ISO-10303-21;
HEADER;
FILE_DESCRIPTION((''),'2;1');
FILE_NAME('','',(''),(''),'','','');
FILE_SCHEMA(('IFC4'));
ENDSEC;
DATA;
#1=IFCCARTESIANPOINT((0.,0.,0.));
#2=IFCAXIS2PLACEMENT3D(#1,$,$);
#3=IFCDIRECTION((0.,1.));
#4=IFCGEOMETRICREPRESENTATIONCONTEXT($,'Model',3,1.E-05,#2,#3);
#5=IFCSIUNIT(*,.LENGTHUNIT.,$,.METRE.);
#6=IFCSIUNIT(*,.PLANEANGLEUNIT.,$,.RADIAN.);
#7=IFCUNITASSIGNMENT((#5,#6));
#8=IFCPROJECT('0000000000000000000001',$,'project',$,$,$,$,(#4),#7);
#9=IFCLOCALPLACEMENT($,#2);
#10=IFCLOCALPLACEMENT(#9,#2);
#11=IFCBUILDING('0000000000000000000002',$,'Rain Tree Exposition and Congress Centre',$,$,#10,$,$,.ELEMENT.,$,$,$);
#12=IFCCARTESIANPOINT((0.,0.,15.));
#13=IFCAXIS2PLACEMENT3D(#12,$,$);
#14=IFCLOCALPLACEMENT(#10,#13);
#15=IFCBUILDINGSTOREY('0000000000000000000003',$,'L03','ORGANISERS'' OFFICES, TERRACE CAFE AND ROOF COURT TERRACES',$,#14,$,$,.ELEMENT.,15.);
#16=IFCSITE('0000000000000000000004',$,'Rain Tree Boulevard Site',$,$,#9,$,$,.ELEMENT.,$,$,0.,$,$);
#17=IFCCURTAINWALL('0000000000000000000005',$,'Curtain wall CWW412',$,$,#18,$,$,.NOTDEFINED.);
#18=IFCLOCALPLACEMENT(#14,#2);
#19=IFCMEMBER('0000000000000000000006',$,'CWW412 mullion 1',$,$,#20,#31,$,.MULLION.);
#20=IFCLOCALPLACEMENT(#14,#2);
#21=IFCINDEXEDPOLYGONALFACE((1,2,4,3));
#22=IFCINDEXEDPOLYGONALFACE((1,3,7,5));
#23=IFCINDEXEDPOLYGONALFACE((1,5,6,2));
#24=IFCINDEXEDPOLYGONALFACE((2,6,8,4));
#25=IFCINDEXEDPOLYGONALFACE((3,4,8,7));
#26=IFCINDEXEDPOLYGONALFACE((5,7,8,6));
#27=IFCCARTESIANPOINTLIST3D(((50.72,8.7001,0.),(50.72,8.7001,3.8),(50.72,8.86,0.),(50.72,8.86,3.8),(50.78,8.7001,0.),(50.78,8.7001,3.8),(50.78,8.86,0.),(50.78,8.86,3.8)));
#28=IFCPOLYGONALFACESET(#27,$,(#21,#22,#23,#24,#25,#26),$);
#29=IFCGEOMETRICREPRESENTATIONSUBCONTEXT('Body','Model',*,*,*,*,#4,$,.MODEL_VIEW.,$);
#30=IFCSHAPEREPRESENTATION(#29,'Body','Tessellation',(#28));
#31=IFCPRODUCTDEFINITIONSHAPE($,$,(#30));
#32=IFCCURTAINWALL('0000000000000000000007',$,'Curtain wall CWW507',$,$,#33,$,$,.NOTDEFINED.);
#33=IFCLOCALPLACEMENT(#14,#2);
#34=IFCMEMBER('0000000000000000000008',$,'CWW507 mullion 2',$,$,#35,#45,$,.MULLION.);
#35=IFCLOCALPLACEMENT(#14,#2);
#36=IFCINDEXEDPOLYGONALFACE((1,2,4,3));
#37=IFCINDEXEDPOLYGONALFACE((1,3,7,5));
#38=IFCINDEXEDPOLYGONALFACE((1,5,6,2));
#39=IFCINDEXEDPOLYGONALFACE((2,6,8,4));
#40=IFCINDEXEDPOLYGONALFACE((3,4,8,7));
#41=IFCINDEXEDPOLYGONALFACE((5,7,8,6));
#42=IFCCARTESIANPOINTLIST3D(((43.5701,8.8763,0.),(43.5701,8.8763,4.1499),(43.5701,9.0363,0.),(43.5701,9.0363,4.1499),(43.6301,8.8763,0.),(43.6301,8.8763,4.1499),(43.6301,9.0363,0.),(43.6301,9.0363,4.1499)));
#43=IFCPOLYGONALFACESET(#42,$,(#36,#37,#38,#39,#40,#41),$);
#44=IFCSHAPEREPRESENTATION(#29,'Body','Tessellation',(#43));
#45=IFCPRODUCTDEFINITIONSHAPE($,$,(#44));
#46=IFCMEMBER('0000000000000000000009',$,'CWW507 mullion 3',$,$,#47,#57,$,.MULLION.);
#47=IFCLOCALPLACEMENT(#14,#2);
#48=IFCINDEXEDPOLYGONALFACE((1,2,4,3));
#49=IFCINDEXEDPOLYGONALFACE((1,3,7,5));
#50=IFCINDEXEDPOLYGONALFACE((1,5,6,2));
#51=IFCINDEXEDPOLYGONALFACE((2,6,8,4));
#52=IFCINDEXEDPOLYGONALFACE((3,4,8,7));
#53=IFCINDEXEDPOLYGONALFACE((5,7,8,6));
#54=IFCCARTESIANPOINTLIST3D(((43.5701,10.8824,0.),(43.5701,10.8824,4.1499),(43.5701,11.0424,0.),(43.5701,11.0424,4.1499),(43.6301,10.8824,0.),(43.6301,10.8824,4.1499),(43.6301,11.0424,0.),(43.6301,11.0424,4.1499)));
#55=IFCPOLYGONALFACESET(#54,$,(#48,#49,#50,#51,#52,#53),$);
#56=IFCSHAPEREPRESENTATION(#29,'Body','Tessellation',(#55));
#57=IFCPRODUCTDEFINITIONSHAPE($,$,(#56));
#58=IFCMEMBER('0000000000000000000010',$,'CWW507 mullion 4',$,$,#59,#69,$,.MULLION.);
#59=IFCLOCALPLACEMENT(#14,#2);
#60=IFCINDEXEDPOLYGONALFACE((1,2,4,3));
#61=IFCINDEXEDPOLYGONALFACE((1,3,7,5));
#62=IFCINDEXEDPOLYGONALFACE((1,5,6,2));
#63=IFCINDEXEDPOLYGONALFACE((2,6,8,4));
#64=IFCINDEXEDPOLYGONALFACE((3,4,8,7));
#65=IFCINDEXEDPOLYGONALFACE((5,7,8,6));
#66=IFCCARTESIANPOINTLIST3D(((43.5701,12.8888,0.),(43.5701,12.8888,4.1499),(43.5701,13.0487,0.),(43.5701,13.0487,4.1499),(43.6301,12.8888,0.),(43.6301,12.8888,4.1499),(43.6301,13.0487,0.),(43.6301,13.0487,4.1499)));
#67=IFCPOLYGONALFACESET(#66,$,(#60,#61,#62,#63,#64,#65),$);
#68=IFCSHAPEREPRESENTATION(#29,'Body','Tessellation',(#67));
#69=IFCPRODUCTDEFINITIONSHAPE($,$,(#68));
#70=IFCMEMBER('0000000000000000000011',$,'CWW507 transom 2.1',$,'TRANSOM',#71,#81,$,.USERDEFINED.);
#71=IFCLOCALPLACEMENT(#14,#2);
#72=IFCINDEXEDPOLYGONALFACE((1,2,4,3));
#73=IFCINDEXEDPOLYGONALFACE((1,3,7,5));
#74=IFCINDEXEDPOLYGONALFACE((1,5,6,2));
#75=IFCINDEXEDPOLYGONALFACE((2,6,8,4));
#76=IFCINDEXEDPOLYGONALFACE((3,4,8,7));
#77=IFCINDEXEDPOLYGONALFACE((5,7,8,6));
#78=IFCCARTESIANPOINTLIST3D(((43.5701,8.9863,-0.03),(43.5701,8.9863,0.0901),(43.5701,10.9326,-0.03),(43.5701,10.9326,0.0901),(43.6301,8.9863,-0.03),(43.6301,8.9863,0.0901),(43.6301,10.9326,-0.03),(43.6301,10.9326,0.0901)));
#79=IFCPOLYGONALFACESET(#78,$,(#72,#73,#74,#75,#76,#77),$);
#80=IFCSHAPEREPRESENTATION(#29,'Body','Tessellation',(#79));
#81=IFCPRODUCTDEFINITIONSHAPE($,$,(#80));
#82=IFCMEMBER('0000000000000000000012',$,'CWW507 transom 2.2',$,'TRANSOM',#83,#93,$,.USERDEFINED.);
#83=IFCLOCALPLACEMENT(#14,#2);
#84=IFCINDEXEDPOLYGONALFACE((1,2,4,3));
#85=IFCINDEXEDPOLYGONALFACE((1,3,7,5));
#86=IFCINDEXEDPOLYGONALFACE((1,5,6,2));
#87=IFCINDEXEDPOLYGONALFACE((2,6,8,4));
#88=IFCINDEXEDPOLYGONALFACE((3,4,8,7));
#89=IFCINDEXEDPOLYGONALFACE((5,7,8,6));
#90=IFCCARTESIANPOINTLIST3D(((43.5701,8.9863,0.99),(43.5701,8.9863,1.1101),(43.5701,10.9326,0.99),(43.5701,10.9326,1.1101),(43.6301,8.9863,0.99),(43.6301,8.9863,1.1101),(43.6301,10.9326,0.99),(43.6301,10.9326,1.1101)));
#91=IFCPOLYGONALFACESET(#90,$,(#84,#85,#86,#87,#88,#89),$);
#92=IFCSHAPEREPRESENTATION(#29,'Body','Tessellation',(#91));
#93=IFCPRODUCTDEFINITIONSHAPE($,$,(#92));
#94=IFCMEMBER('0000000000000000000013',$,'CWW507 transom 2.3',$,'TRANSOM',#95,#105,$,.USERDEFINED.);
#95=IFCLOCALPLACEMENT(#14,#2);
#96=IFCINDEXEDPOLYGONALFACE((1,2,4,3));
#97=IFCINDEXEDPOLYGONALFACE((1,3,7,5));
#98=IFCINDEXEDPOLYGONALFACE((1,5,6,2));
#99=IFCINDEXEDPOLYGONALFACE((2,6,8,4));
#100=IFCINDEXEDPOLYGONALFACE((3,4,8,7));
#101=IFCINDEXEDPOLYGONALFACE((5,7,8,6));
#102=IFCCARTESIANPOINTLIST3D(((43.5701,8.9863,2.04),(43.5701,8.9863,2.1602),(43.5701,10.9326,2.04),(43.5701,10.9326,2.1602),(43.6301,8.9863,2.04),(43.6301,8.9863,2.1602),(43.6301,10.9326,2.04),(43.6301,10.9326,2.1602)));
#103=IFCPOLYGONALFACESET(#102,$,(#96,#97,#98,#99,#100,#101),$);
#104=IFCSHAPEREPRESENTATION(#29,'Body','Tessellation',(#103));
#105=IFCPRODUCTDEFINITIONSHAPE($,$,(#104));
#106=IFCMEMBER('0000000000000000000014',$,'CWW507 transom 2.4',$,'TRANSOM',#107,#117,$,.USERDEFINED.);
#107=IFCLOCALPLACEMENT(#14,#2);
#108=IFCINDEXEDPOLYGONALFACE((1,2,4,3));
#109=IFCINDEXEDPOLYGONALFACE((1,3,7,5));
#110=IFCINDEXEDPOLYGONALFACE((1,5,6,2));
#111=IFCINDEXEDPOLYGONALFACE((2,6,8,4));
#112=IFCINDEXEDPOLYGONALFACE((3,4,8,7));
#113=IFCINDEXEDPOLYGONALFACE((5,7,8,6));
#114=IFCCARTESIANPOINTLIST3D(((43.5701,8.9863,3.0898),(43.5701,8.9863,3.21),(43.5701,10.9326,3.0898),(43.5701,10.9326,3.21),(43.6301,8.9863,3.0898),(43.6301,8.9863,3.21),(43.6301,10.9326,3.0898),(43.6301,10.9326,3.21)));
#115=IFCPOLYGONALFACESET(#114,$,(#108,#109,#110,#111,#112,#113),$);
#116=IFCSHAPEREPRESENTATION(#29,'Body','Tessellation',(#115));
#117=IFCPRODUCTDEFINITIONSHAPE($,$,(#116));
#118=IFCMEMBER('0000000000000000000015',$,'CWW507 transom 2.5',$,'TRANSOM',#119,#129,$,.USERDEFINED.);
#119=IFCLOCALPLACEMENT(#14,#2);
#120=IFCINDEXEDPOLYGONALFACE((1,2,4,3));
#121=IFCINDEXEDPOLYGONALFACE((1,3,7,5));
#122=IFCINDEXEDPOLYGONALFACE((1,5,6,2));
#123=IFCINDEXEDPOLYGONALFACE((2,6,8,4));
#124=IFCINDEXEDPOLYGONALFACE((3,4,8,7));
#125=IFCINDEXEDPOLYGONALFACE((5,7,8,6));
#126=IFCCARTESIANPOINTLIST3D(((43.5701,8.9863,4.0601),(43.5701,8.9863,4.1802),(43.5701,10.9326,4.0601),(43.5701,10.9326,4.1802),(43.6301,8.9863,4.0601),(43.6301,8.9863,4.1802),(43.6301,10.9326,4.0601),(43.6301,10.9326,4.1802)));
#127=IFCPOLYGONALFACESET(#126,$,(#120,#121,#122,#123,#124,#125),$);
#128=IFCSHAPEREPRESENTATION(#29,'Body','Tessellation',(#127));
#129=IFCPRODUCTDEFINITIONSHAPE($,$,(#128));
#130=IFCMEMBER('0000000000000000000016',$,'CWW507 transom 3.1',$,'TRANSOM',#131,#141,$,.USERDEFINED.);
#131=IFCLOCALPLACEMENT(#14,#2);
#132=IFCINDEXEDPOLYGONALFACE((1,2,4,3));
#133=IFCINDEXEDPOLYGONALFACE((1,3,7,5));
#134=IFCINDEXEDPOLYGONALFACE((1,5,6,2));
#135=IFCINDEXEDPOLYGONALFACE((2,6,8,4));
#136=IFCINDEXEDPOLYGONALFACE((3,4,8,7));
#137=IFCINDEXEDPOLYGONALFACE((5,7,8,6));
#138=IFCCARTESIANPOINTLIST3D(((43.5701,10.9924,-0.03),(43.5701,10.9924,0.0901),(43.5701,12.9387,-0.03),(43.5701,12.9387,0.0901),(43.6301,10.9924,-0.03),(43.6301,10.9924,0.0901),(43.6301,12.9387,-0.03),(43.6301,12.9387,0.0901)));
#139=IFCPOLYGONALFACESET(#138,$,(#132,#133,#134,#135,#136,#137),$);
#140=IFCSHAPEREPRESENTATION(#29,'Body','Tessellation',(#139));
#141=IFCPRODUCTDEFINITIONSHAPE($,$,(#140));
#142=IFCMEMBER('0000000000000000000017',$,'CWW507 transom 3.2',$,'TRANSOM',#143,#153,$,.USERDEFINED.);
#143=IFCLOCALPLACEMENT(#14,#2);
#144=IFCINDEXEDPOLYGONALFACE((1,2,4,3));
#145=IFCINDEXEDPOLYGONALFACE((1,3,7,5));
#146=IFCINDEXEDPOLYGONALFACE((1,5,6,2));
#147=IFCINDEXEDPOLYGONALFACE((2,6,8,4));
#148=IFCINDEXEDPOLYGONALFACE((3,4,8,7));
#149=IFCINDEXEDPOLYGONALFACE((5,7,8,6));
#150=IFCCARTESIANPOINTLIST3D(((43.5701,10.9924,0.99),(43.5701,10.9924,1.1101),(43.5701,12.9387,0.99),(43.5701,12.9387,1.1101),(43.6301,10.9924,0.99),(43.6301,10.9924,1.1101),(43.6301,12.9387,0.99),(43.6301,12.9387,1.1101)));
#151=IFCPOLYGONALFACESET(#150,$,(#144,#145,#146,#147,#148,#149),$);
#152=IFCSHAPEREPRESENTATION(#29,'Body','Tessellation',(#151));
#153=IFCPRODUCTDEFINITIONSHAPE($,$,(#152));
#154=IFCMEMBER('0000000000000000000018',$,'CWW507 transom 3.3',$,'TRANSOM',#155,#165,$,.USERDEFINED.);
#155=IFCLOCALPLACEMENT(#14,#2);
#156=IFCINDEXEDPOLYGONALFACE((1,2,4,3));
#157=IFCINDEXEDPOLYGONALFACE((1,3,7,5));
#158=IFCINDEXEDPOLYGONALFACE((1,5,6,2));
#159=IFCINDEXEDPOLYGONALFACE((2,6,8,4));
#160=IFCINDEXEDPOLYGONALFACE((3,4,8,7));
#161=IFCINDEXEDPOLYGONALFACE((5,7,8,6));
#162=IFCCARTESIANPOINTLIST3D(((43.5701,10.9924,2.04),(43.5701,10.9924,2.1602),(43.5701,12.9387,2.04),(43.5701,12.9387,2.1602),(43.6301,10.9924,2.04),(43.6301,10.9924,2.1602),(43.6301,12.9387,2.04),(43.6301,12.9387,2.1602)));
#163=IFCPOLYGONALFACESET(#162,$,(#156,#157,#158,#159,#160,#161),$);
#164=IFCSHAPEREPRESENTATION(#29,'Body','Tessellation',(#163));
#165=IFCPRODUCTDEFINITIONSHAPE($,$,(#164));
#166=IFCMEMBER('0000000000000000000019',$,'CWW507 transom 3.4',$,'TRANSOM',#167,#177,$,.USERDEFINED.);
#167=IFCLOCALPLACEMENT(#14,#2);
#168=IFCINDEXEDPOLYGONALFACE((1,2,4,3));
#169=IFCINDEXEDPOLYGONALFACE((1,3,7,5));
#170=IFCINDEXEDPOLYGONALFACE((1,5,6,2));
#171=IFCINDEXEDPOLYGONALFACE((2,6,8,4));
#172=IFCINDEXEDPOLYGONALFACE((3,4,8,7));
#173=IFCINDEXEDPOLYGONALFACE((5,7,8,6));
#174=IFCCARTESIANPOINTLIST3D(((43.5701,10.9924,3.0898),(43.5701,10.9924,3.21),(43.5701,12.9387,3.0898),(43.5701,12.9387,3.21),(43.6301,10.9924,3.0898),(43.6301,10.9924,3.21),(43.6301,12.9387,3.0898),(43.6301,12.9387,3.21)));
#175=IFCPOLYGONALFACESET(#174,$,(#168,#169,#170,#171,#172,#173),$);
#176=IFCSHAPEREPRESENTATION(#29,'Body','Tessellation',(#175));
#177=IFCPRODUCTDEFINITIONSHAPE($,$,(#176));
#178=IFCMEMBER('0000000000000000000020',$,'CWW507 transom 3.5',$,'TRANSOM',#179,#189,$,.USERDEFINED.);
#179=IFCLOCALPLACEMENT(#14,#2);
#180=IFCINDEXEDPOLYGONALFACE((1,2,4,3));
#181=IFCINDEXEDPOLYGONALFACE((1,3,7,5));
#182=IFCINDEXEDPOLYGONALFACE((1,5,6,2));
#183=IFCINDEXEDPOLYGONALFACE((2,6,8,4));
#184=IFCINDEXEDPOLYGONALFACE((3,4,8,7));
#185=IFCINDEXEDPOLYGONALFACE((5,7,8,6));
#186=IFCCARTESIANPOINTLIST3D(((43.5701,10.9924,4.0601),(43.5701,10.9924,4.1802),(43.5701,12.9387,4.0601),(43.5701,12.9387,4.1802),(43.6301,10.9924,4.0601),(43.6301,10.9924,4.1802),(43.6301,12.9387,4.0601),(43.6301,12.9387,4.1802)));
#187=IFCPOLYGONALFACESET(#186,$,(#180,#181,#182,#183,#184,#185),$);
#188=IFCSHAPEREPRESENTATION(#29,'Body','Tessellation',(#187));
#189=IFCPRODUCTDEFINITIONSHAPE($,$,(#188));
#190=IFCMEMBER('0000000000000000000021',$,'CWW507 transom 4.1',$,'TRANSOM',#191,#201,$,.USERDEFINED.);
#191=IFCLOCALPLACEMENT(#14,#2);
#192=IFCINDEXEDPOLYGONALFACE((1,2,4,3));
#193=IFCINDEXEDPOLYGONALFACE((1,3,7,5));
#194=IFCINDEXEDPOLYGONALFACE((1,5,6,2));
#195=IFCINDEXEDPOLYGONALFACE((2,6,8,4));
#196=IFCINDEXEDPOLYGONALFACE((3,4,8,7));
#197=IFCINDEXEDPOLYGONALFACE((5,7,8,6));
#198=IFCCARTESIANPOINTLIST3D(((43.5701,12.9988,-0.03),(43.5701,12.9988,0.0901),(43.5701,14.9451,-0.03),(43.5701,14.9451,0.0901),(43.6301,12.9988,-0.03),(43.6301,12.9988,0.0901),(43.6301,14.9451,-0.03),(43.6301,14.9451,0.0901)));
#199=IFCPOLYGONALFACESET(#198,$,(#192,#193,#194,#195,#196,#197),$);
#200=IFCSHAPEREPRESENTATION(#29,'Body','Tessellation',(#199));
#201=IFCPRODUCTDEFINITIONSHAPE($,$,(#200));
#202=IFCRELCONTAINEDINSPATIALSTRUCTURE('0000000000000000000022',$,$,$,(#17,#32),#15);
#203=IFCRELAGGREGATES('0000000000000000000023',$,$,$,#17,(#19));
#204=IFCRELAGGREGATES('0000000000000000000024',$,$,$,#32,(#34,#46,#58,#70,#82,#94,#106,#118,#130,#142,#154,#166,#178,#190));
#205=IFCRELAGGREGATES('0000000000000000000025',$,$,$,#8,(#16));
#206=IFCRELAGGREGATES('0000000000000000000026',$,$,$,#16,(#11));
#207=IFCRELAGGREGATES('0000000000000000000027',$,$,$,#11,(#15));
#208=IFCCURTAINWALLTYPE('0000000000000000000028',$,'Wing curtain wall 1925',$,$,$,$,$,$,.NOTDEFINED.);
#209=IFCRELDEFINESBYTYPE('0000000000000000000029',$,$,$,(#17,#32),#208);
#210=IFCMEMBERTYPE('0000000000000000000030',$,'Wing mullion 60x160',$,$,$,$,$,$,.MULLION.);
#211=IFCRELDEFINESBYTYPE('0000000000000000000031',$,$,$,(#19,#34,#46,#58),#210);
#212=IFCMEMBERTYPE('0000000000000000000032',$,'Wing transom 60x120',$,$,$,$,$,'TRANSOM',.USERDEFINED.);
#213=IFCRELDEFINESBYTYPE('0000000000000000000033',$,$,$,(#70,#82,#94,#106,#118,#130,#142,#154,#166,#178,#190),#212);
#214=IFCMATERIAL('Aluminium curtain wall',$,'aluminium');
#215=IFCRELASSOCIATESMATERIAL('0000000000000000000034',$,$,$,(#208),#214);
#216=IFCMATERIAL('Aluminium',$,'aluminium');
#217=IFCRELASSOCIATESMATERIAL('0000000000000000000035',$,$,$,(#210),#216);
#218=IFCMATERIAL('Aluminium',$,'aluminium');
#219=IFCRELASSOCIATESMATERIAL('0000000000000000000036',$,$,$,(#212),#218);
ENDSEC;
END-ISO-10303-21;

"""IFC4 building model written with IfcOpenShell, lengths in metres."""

from ifc_helpers import new_model, si_unit, direction, frame, origin, origin_2d, place, context, subcontext, project, spatial, rectangle, extrude, material, material_profile, profile_set, type_object, element, aggregate, save


model = new_model("IFC4")

# Units and contexts
model_context = context("Model", 3, precision=1e-05, world=origin(), true_north=direction((0.0, 1.0)))
body_context = subcontext(model_context, "Body", "Model", "MODEL_VIEW")
ifc_project = project(units=[si_unit("LENGTHUNIT", "METRE"), si_unit("PLANEANGLEUNIT", "RADIAN")], contexts=[model_context])

# Site, building, storey
site_placement = place(None, origin())
site = spatial("IfcSite", under=ifc_project, at=site_placement, Name="Rain Tree Boulevard Site", CompositionType="ELEMENT", RefElevation=0.0)
building_placement = place(site_placement, origin())
building = spatial("IfcBuilding", under=site, at=building_placement, Name="Rain Tree Exposition and Congress Centre", CompositionType="ELEMENT")
storey_placement = place(building_placement, frame((0.0, 0.0, 15.0)))
storey = spatial("IfcBuildingStorey", under=building, at=storey_placement, Name="L03", Description="ORGANISERS' OFFICES, TERRACE CAFE AND ROOF COURT TERRACES", CompositionType="ELEMENT", Elevation=15.0)

# Curtain wall, member
ifc_material_1 = material(Name="Aluminium curtain wall", Category="aluminium")
curtain_wall_type = type_object("IfcCurtainWallType", Name="Wing curtain wall 1925", PredefinedType="NOTDEFINED", material=ifc_material_1)
curtain_wall_1_placement = place(storey_placement, origin())
curtain_wall_1 = element("IfcCurtainWall", 1, at=curtain_wall_1_placement, inside=storey, type_object=curtain_wall_type, Name="Curtain wall CWW412", PredefinedType="NOTDEFINED")
ifc_material_2 = material(Name="Aluminium", Category="aluminium")
ifc_material_profile_1 = material_profile(ifc_material_2, rectangle(XDim=0.0601, YDim=0.1599, at=origin_2d()), Name="Aluminium 60x160")
ifc_profile_set_1 = profile_set([ifc_material_profile_1], Name="Aluminium")
member_type_1 = type_object("IfcMemberType", Name="Wing mullion 60x160", PredefinedType="MULLION", material=ifc_profile_set_1)
member_1_placement = place(storey_placement, frame((50.75, 8.78, 0.0), z_axis=(0.0, 0.0, 1.0), x_axis=(-1.0, 0.0, 0.0)))
member_1 = element("IfcMember", 2, at=member_1_placement, type_object=member_type_1, Name="CWW412 mullion 1", PredefinedType="MULLION", context=body_context, shape_type="SweptSolid", body=[
    extrude(rectangle(XDim=0.0601, YDim=0.1599, at=origin_2d()), origin(), (0.0, 0.0, 1.0), 3.8),
])
aggregate(curtain_wall_1, [member_1])

# Curtain wall, members
curtain_wall_2_placement = place(storey_placement, origin())
curtain_wall_2 = element("IfcCurtainWall", 3, at=curtain_wall_2_placement, inside=storey, type_object=curtain_wall_type, Name="Curtain wall CWW507", PredefinedType="NOTDEFINED")
member_2_placement = place(storey_placement, frame((43.6001, 8.9563, 0.0), z_axis=(0.0, 0.0, 1.0), x_axis=(-1.0, 0.0, 0.0)))
member_2 = element("IfcMember", 4, at=member_2_placement, type_object=member_type_1, Name="CWW507 mullion 2", PredefinedType="MULLION", context=body_context, shape_type="SweptSolid", body=[
    extrude(rectangle(XDim=0.0601, YDim=0.1599, at=origin_2d()), origin(), (0.0, 0.0, 1.0), 4.1499),
])
member_3_placement = place(storey_placement, frame((43.6001, 10.9624, 0.0), z_axis=(0.0, 0.0, 1.0), x_axis=(-1.0, 0.0, 0.0)))
member_3 = element("IfcMember", 5, at=member_3_placement, type_object=member_type_1, Name="CWW507 mullion 3", PredefinedType="MULLION", context=body_context, shape_type="SweptSolid", body=[
    extrude(rectangle(XDim=0.0601, YDim=0.1599, at=origin_2d()), origin(), (0.0, 0.0, 1.0), 4.1499),
])
member_4_placement = place(storey_placement, frame((43.6001, 12.9688, 0.0), z_axis=(0.0, 0.0, 1.0), x_axis=(-1.0, 0.0, 0.0)))
member_4 = element("IfcMember", 6, at=member_4_placement, type_object=member_type_1, Name="CWW507 mullion 4", PredefinedType="MULLION", context=body_context, shape_type="SweptSolid", body=[
    extrude(rectangle(XDim=0.0601, YDim=0.1599, at=origin_2d()), origin(), (0.0, 0.0, 1.0), 4.1499),
])
ifc_material_3 = material(Name="Aluminium", Category="aluminium")
ifc_material_profile_2 = material_profile(ifc_material_3, rectangle(XDim=0.0601, YDim=0.1201, at=origin_2d()), Name="Aluminium 60x120")
ifc_profile_set_2 = profile_set([ifc_material_profile_2], Name="Aluminium")
member_type_2 = type_object("IfcMemberType", Name="Wing transom 60x120", ElementType="TRANSOM", PredefinedType="USERDEFINED", material=ifc_profile_set_2)
member_5_placement = place(storey_placement, frame((43.6001, 8.9863, 0.03), z_axis=(0.0, 1.0, 0.0), x_axis=(-1.0, 0.0, 0.0)))
member_5 = element("IfcMember", 7, at=member_5_placement, type_object=member_type_2, Name="CWW507 transom 2.1", ObjectType="TRANSOM", PredefinedType="USERDEFINED", context=body_context, shape_type="SweptSolid", body=[
    extrude(rectangle(XDim=0.0601, YDim=0.1201, at=origin_2d()), origin(), (0.0, 0.0, 1.0), 1.9463),
])
member_6_placement = place(storey_placement, frame((43.6001, 8.9863, 1.05), z_axis=(0.0, 1.0, 0.0), x_axis=(-1.0, 0.0, 0.0)))
member_6 = element("IfcMember", 8, at=member_6_placement, type_object=member_type_2, Name="CWW507 transom 2.2", ObjectType="TRANSOM", PredefinedType="USERDEFINED", context=body_context, shape_type="SweptSolid", body=[
    extrude(rectangle(XDim=0.0601, YDim=0.1201, at=origin_2d()), origin(), (0.0, 0.0, 1.0), 1.9463),
])
member_7_placement = place(storey_placement, frame((43.6001, 8.9863, 2.1001), z_axis=(0.0, 1.0, 0.0), x_axis=(-1.0, 0.0, 0.0)))
member_7 = element("IfcMember", 9, at=member_7_placement, type_object=member_type_2, Name="CWW507 transom 2.3", ObjectType="TRANSOM", PredefinedType="USERDEFINED", context=body_context, shape_type="SweptSolid", body=[
    extrude(rectangle(XDim=0.0601, YDim=0.1201, at=origin_2d()), origin(), (0.0, 0.0, 1.0), 1.9463),
])
member_8_placement = place(storey_placement, frame((43.6001, 8.9863, 3.1499), z_axis=(0.0, 1.0, 0.0), x_axis=(-1.0, 0.0, 0.0)))
member_8 = element("IfcMember", 10, at=member_8_placement, type_object=member_type_2, Name="CWW507 transom 2.4", ObjectType="TRANSOM", PredefinedType="USERDEFINED", context=body_context, shape_type="SweptSolid", body=[
    extrude(rectangle(XDim=0.0601, YDim=0.1201, at=origin_2d()), origin(), (0.0, 0.0, 1.0), 1.9463),
])
member_9_placement = place(storey_placement, frame((43.6001, 8.9863, 4.1201), z_axis=(0.0, 1.0, 0.0), x_axis=(-1.0, 0.0, 0.0)))
member_9 = element("IfcMember", 11, at=member_9_placement, type_object=member_type_2, Name="CWW507 transom 2.5", ObjectType="TRANSOM", PredefinedType="USERDEFINED", context=body_context, shape_type="SweptSolid", body=[
    extrude(rectangle(XDim=0.0601, YDim=0.1201, at=origin_2d()), origin(), (0.0, 0.0, 1.0), 1.9463),
])
member_10_placement = place(storey_placement, frame((43.6001, 10.9924, 0.03), z_axis=(0.0, 1.0, 0.0), x_axis=(-1.0, 0.0, 0.0)))
member_10 = element("IfcMember", 12, at=member_10_placement, type_object=member_type_2, Name="CWW507 transom 3.1", ObjectType="TRANSOM", PredefinedType="USERDEFINED", context=body_context, shape_type="SweptSolid", body=[
    extrude(rectangle(XDim=0.0601, YDim=0.1201, at=origin_2d()), origin(), (0.0, 0.0, 1.0), 1.9463),
])
member_11_placement = place(storey_placement, frame((43.6001, 10.9924, 1.05), z_axis=(0.0, 1.0, 0.0), x_axis=(-1.0, 0.0, 0.0)))
member_11 = element("IfcMember", 13, at=member_11_placement, type_object=member_type_2, Name="CWW507 transom 3.2", ObjectType="TRANSOM", PredefinedType="USERDEFINED", context=body_context, shape_type="SweptSolid", body=[
    extrude(rectangle(XDim=0.0601, YDim=0.1201, at=origin_2d()), origin(), (0.0, 0.0, 1.0), 1.9463),
])
member_12_placement = place(storey_placement, frame((43.6001, 10.9924, 2.1001), z_axis=(0.0, 1.0, 0.0), x_axis=(-1.0, 0.0, 0.0)))
member_12 = element("IfcMember", 14, at=member_12_placement, type_object=member_type_2, Name="CWW507 transom 3.3", ObjectType="TRANSOM", PredefinedType="USERDEFINED", context=body_context, shape_type="SweptSolid", body=[
    extrude(rectangle(XDim=0.0601, YDim=0.1201, at=origin_2d()), origin(), (0.0, 0.0, 1.0), 1.9463),
])
member_13_placement = place(storey_placement, frame((43.6001, 10.9924, 3.1499), z_axis=(0.0, 1.0, 0.0), x_axis=(-1.0, 0.0, 0.0)))
member_13 = element("IfcMember", 15, at=member_13_placement, type_object=member_type_2, Name="CWW507 transom 3.4", ObjectType="TRANSOM", PredefinedType="USERDEFINED", context=body_context, shape_type="SweptSolid", body=[
    extrude(rectangle(XDim=0.0601, YDim=0.1201, at=origin_2d()), origin(), (0.0, 0.0, 1.0), 1.9463),
])
member_14_placement = place(storey_placement, frame((43.6001, 10.9924, 4.1201), z_axis=(0.0, 1.0, 0.0), x_axis=(-1.0, 0.0, 0.0)))
member_14 = element("IfcMember", 16, at=member_14_placement, type_object=member_type_2, Name="CWW507 transom 3.5", ObjectType="TRANSOM", PredefinedType="USERDEFINED", context=body_context, shape_type="SweptSolid", body=[
    extrude(rectangle(XDim=0.0601, YDim=0.1201, at=origin_2d()), origin(), (0.0, 0.0, 1.0), 1.9463),
])
member_15_placement = place(storey_placement, frame((43.6001, 12.9988, 0.03), z_axis=(0.0, 1.0, 0.0), x_axis=(-1.0, 0.0, 0.0)))
member_15 = element("IfcMember", 17, at=member_15_placement, type_object=member_type_2, Name="CWW507 transom 4.1", ObjectType="TRANSOM", PredefinedType="USERDEFINED", context=body_context, shape_type="SweptSolid", body=[
    extrude(rectangle(XDim=0.0601, YDim=0.1201, at=origin_2d()), origin(), (0.0, 0.0, 1.0), 1.9463),
])
aggregate(curtain_wall_2, [member_2, member_3, member_4, member_5, member_6, member_7, member_8, member_9, member_10, member_11, member_12, member_13, member_14, member_15])

save(model, "model.ifc")
